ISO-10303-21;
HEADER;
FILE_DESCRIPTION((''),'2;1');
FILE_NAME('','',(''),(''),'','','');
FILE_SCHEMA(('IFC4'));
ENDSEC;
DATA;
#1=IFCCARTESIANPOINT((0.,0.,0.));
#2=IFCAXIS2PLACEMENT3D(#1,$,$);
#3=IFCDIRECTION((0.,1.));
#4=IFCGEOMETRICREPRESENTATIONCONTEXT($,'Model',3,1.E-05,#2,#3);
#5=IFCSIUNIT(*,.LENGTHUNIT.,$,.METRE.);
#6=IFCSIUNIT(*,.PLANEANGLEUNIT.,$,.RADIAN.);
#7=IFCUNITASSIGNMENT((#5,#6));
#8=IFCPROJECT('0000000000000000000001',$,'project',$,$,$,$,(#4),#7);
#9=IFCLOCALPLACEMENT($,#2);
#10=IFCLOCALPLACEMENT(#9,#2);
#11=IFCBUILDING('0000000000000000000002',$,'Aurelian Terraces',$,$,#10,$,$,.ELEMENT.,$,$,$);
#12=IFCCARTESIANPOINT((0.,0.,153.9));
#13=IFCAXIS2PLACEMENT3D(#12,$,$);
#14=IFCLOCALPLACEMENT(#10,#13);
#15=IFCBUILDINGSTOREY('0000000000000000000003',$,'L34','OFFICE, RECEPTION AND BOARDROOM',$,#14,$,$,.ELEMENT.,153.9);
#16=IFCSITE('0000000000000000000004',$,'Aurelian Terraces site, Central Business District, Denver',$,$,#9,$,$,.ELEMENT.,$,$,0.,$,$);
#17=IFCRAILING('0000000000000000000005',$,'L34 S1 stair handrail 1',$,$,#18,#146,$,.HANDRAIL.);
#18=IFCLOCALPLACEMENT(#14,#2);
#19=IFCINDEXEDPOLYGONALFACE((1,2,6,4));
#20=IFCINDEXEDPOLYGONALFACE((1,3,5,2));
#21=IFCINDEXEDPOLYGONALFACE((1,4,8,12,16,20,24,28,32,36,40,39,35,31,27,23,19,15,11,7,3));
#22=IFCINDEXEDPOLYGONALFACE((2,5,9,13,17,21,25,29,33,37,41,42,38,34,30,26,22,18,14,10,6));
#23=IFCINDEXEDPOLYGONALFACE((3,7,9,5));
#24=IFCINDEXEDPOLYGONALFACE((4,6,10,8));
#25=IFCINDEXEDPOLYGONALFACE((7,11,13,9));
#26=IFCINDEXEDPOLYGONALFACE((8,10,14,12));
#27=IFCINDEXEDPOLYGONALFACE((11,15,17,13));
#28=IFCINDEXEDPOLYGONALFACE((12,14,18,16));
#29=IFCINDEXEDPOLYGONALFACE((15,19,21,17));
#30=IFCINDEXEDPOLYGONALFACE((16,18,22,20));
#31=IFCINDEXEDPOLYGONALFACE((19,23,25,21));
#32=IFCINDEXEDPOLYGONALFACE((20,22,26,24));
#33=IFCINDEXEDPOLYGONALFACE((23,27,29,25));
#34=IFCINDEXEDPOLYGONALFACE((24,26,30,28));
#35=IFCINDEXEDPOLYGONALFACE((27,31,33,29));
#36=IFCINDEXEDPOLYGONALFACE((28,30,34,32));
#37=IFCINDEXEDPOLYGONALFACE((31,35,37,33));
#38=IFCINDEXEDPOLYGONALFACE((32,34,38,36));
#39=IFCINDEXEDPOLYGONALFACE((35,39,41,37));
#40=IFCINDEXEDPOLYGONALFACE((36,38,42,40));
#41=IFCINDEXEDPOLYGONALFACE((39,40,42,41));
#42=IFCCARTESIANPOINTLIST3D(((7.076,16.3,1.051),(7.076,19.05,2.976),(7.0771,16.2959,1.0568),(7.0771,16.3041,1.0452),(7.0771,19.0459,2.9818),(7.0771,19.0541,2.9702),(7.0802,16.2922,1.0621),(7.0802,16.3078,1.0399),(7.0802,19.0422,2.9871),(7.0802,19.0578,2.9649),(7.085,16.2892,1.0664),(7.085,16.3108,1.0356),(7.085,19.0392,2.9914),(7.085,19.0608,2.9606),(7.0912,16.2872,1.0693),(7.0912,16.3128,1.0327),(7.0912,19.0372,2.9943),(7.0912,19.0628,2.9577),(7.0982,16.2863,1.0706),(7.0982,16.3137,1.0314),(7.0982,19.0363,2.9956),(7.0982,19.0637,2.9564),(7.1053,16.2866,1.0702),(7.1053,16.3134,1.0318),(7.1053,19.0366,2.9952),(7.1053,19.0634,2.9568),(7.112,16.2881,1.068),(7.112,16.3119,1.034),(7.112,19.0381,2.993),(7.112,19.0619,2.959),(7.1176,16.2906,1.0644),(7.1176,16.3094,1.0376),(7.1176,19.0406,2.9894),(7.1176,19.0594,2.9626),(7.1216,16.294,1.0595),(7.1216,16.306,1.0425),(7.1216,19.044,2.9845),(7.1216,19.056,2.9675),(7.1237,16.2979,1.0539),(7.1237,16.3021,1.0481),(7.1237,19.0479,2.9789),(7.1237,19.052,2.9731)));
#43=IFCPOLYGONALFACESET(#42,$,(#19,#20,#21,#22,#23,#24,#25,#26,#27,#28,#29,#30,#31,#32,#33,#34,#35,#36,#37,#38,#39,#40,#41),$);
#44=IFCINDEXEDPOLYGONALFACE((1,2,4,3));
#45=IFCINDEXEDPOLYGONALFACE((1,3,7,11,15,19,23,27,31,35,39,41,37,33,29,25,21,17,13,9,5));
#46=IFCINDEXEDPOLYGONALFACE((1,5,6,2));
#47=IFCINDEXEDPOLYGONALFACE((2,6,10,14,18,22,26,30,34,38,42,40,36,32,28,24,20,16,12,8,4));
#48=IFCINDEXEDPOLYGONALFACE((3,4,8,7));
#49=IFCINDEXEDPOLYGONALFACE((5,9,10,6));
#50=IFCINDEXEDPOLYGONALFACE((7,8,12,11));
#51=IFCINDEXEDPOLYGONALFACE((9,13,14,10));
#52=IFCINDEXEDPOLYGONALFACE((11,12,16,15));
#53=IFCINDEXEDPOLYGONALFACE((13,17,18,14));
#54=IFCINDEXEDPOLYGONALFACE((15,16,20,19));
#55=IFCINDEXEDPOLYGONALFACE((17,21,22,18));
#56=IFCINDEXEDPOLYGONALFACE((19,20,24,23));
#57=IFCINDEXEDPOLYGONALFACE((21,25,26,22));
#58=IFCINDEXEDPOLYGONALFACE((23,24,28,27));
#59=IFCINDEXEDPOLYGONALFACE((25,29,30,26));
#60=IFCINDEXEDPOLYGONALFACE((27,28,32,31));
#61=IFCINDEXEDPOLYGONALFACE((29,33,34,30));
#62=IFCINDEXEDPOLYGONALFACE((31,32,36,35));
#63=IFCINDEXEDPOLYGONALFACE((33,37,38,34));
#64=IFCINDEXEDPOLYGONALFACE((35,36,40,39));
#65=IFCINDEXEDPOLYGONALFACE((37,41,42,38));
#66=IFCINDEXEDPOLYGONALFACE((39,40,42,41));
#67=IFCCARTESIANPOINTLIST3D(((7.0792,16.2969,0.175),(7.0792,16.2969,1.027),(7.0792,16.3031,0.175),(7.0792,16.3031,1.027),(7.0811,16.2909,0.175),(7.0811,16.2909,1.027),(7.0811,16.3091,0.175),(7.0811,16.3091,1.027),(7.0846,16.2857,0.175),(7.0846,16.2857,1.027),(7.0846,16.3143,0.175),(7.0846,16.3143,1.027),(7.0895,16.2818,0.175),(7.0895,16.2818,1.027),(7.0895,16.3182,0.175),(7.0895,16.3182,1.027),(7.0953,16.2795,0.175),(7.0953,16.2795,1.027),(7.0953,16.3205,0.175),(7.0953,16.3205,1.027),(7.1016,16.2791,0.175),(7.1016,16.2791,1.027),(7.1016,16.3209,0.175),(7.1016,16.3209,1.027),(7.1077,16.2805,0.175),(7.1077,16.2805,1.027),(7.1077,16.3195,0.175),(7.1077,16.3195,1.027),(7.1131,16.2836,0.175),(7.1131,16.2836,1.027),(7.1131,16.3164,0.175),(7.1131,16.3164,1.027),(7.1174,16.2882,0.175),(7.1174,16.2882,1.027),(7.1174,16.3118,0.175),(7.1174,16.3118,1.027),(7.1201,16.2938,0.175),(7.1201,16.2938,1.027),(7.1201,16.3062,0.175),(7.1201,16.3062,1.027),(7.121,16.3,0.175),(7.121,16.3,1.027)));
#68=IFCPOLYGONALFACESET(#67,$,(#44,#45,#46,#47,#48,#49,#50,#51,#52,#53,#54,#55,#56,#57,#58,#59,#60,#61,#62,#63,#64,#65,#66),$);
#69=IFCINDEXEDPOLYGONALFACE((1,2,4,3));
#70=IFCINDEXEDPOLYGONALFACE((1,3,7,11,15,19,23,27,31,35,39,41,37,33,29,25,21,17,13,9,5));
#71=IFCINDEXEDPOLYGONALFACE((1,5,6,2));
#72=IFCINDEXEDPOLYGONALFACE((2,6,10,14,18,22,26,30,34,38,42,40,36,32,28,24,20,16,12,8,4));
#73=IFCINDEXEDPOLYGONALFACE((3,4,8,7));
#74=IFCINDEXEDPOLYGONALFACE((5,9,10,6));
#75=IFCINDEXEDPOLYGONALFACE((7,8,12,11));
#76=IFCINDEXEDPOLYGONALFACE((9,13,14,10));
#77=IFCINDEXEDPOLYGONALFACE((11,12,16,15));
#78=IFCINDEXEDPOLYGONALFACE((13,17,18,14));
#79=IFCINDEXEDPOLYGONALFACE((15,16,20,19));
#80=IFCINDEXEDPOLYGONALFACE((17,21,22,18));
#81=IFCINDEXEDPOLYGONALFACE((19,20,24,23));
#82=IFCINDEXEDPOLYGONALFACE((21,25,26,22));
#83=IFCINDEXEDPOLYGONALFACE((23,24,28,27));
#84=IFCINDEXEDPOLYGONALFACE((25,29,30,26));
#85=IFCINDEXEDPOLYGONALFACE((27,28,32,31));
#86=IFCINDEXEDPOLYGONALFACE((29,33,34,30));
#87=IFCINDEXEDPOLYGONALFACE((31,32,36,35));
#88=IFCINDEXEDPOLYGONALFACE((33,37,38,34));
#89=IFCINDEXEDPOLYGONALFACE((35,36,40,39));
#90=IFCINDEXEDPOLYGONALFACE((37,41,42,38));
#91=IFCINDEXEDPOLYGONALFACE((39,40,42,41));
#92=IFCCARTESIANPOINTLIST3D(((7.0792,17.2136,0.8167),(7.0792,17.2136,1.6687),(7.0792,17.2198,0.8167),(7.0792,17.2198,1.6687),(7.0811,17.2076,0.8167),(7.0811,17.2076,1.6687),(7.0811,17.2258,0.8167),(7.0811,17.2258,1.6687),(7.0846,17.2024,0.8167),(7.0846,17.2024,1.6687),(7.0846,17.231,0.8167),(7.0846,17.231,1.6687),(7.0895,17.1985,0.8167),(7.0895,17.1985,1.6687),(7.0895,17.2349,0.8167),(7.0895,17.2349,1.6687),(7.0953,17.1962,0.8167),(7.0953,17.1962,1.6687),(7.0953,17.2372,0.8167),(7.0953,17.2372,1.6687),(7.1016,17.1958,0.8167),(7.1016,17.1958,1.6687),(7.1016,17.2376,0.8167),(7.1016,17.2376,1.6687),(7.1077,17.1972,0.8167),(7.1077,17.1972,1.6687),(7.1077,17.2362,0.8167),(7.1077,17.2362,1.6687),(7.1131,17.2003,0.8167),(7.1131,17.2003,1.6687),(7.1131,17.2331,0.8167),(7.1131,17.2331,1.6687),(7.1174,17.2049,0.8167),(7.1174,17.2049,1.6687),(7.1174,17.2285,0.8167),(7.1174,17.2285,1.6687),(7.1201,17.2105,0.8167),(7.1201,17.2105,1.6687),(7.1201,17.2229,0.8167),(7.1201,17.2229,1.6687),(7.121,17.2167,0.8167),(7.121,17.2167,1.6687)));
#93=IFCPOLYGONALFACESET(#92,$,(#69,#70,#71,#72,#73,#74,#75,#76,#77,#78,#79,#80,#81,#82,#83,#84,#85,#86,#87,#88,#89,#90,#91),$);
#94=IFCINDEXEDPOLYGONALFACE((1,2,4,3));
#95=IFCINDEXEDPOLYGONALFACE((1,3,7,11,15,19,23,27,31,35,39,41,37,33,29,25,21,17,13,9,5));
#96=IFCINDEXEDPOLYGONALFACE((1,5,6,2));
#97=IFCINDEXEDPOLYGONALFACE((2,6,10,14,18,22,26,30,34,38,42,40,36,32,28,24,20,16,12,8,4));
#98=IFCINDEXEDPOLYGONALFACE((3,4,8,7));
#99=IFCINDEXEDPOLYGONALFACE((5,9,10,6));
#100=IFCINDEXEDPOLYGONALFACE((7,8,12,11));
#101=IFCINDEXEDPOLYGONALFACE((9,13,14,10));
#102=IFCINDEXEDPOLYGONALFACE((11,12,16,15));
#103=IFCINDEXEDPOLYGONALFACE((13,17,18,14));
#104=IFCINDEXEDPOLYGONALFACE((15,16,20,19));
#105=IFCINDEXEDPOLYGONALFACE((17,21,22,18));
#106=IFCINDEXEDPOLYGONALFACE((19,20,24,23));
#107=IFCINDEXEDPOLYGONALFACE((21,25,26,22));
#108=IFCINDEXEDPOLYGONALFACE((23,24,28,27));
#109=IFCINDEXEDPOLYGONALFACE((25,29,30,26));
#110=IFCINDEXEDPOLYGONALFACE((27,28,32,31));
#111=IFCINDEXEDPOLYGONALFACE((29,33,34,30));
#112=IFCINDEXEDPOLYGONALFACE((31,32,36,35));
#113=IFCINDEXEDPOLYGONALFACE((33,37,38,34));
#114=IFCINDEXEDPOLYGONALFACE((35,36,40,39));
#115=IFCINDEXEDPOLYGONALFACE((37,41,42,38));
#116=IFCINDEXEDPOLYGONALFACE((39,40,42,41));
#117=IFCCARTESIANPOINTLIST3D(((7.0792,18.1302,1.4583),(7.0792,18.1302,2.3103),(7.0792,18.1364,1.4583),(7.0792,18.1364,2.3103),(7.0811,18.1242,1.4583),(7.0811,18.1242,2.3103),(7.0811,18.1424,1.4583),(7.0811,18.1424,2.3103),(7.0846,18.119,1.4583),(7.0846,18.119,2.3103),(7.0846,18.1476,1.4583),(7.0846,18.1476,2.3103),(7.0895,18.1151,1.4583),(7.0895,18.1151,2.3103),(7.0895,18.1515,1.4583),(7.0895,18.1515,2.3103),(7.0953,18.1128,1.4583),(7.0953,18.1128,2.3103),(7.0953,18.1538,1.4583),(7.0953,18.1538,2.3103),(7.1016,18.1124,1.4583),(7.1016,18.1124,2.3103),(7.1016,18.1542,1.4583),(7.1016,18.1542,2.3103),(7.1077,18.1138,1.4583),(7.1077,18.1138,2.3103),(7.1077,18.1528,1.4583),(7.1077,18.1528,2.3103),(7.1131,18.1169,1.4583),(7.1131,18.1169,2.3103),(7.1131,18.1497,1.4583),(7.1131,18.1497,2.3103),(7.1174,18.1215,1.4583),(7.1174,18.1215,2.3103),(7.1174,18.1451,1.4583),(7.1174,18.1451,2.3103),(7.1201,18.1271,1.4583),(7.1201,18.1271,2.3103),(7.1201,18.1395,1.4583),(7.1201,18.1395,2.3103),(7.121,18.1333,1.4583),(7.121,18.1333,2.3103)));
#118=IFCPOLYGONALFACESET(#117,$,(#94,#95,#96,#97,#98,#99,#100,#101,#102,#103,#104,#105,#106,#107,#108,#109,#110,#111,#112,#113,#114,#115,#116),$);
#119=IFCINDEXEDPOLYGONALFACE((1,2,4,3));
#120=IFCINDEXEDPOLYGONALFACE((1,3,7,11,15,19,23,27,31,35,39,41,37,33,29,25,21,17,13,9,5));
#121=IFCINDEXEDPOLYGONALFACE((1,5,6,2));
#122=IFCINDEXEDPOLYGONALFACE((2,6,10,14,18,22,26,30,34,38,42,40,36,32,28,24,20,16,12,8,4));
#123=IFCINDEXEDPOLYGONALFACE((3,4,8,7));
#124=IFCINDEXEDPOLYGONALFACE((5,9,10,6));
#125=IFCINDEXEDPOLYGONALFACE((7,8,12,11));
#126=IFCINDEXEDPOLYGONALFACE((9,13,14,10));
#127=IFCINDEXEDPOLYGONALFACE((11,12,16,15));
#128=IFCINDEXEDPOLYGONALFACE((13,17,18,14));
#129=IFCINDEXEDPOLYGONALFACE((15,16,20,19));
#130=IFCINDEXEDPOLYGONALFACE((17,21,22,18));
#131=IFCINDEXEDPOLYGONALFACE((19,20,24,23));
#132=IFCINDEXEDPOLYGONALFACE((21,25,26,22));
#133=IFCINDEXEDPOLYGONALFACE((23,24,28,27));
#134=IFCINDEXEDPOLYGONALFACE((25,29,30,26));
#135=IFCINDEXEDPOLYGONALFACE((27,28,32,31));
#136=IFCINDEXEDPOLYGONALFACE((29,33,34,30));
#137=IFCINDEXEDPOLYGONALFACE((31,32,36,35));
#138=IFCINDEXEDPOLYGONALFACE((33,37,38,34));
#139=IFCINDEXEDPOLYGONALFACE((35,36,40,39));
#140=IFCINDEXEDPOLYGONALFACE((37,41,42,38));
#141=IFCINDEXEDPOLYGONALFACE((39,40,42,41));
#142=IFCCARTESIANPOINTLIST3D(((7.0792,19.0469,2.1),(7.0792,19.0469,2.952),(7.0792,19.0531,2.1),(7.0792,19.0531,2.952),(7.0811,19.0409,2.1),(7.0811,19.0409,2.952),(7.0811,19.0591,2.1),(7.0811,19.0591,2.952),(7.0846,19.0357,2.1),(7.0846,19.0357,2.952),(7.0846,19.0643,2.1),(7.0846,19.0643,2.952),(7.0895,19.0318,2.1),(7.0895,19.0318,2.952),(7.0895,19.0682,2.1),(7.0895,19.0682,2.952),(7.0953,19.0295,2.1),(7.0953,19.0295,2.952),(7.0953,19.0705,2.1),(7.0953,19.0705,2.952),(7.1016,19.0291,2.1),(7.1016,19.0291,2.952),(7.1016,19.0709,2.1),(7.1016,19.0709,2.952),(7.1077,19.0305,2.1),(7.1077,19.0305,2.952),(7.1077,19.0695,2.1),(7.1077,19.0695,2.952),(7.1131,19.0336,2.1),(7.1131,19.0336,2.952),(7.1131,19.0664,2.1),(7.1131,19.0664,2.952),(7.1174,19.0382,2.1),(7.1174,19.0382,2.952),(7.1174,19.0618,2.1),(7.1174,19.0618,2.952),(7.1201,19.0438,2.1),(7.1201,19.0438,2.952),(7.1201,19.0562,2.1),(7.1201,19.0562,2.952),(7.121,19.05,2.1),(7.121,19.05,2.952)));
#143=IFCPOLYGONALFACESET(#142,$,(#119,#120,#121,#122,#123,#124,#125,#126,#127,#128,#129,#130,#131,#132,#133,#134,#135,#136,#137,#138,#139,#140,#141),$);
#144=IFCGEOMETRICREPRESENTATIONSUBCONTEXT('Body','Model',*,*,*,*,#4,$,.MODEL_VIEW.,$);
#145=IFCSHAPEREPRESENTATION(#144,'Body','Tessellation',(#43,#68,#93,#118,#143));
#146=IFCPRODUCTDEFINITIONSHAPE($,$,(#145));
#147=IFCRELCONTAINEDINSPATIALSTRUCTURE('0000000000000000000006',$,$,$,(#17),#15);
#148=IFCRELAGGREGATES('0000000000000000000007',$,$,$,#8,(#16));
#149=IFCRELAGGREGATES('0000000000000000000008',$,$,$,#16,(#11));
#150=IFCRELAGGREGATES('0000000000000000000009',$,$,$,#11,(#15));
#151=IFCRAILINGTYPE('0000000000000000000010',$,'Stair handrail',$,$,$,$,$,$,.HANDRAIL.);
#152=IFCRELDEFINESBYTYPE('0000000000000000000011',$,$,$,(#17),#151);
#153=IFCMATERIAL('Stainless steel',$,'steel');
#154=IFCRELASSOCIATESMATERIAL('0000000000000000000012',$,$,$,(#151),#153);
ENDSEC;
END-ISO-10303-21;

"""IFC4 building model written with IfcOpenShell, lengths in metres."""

from ifc_helpers import new_model, si_unit, direction, frame, origin, origin_2d, place, context, subcontext, project, spatial, circle, extrude, source, transform, mapped, material, type_object, element, save


model = new_model("IFC4")

# Units and contexts
model_context = context("Model", 3, precision=1e-05, world=origin(), true_north=direction((0.0, 1.0)))
body_context = subcontext(model_context, "Body", "Model", "MODEL_VIEW")
ifc_project = project(units=[si_unit("LENGTHUNIT", "METRE"), si_unit("PLANEANGLEUNIT", "RADIAN")], contexts=[model_context])

# Site, building, storey
site_placement = place(None, origin())
site = spatial("IfcSite", under=ifc_project, at=site_placement, Name="Aurelian Terraces site, Central Business District, Denver", CompositionType="ELEMENT", RefElevation=0.0)
building_placement = place(site_placement, origin())
building = spatial("IfcBuilding", under=site, at=building_placement, Name="Aurelian Terraces", CompositionType="ELEMENT")
storey_placement = place(building_placement, frame((0.0, 0.0, 153.9)))
storey = spatial("IfcBuildingStorey", under=building, at=storey_placement, Name="L34", Description="OFFICE, RECEPTION AND BOARDROOM", CompositionType="ELEMENT", Elevation=153.9)

# Shared definitions
ifc_material_1 = material(Name="Stainless steel", Category="steel")

# Railing
railing_type_1 = type_object("IfcRailingType", Name="Stair handrail", PredefinedType="HANDRAIL", material=ifc_material_1)
shared_shape_1 = source(origin(), body_context, "Body", "SweptSolid", [
    extrude(circle(Radius=0.024, at=origin_2d()), frame((0.0, 0.0, 0.876), z_axis=(0.0, 0.819232, 0.573462), x_axis=(-1.0, 0.0, 0.0)), (0.0, 0.0, 1.0), 3.3568),
    extrude(circle(Radius=0.021, at=origin_2d()), origin(), (0.0, 0.0, 1.0), 0.852),
    extrude(circle(Radius=0.021, at=origin_2d()), frame((0.0, 0.9167, 0.6417)), (0.0, 0.0, 1.0), 0.852),
    extrude(circle(Radius=0.021, at=origin_2d()), frame((0.0, 1.8333, 1.2833)), (0.0, 0.0, 1.0), 0.852),
    extrude(circle(Radius=0.021, at=origin_2d()), frame((0.0, 2.75, 1.925)), (0.0, 0.0, 1.0), 0.852),
])
railing_1_placement = place(storey_placement, frame((7.1, 16.3, 0.175)))
element("IfcRailing", 1, at=railing_1_placement, inside=storey, type_object=railing_type_1, Name="L34 S1 stair handrail 1", PredefinedType="HANDRAIL", context=body_context, shape_type="MappedRepresentation", body=[
    mapped(shared_shape_1, transform((0.0, 0.0, 0.0), scale=1.0)),
])

save(model, "model.ifc")
